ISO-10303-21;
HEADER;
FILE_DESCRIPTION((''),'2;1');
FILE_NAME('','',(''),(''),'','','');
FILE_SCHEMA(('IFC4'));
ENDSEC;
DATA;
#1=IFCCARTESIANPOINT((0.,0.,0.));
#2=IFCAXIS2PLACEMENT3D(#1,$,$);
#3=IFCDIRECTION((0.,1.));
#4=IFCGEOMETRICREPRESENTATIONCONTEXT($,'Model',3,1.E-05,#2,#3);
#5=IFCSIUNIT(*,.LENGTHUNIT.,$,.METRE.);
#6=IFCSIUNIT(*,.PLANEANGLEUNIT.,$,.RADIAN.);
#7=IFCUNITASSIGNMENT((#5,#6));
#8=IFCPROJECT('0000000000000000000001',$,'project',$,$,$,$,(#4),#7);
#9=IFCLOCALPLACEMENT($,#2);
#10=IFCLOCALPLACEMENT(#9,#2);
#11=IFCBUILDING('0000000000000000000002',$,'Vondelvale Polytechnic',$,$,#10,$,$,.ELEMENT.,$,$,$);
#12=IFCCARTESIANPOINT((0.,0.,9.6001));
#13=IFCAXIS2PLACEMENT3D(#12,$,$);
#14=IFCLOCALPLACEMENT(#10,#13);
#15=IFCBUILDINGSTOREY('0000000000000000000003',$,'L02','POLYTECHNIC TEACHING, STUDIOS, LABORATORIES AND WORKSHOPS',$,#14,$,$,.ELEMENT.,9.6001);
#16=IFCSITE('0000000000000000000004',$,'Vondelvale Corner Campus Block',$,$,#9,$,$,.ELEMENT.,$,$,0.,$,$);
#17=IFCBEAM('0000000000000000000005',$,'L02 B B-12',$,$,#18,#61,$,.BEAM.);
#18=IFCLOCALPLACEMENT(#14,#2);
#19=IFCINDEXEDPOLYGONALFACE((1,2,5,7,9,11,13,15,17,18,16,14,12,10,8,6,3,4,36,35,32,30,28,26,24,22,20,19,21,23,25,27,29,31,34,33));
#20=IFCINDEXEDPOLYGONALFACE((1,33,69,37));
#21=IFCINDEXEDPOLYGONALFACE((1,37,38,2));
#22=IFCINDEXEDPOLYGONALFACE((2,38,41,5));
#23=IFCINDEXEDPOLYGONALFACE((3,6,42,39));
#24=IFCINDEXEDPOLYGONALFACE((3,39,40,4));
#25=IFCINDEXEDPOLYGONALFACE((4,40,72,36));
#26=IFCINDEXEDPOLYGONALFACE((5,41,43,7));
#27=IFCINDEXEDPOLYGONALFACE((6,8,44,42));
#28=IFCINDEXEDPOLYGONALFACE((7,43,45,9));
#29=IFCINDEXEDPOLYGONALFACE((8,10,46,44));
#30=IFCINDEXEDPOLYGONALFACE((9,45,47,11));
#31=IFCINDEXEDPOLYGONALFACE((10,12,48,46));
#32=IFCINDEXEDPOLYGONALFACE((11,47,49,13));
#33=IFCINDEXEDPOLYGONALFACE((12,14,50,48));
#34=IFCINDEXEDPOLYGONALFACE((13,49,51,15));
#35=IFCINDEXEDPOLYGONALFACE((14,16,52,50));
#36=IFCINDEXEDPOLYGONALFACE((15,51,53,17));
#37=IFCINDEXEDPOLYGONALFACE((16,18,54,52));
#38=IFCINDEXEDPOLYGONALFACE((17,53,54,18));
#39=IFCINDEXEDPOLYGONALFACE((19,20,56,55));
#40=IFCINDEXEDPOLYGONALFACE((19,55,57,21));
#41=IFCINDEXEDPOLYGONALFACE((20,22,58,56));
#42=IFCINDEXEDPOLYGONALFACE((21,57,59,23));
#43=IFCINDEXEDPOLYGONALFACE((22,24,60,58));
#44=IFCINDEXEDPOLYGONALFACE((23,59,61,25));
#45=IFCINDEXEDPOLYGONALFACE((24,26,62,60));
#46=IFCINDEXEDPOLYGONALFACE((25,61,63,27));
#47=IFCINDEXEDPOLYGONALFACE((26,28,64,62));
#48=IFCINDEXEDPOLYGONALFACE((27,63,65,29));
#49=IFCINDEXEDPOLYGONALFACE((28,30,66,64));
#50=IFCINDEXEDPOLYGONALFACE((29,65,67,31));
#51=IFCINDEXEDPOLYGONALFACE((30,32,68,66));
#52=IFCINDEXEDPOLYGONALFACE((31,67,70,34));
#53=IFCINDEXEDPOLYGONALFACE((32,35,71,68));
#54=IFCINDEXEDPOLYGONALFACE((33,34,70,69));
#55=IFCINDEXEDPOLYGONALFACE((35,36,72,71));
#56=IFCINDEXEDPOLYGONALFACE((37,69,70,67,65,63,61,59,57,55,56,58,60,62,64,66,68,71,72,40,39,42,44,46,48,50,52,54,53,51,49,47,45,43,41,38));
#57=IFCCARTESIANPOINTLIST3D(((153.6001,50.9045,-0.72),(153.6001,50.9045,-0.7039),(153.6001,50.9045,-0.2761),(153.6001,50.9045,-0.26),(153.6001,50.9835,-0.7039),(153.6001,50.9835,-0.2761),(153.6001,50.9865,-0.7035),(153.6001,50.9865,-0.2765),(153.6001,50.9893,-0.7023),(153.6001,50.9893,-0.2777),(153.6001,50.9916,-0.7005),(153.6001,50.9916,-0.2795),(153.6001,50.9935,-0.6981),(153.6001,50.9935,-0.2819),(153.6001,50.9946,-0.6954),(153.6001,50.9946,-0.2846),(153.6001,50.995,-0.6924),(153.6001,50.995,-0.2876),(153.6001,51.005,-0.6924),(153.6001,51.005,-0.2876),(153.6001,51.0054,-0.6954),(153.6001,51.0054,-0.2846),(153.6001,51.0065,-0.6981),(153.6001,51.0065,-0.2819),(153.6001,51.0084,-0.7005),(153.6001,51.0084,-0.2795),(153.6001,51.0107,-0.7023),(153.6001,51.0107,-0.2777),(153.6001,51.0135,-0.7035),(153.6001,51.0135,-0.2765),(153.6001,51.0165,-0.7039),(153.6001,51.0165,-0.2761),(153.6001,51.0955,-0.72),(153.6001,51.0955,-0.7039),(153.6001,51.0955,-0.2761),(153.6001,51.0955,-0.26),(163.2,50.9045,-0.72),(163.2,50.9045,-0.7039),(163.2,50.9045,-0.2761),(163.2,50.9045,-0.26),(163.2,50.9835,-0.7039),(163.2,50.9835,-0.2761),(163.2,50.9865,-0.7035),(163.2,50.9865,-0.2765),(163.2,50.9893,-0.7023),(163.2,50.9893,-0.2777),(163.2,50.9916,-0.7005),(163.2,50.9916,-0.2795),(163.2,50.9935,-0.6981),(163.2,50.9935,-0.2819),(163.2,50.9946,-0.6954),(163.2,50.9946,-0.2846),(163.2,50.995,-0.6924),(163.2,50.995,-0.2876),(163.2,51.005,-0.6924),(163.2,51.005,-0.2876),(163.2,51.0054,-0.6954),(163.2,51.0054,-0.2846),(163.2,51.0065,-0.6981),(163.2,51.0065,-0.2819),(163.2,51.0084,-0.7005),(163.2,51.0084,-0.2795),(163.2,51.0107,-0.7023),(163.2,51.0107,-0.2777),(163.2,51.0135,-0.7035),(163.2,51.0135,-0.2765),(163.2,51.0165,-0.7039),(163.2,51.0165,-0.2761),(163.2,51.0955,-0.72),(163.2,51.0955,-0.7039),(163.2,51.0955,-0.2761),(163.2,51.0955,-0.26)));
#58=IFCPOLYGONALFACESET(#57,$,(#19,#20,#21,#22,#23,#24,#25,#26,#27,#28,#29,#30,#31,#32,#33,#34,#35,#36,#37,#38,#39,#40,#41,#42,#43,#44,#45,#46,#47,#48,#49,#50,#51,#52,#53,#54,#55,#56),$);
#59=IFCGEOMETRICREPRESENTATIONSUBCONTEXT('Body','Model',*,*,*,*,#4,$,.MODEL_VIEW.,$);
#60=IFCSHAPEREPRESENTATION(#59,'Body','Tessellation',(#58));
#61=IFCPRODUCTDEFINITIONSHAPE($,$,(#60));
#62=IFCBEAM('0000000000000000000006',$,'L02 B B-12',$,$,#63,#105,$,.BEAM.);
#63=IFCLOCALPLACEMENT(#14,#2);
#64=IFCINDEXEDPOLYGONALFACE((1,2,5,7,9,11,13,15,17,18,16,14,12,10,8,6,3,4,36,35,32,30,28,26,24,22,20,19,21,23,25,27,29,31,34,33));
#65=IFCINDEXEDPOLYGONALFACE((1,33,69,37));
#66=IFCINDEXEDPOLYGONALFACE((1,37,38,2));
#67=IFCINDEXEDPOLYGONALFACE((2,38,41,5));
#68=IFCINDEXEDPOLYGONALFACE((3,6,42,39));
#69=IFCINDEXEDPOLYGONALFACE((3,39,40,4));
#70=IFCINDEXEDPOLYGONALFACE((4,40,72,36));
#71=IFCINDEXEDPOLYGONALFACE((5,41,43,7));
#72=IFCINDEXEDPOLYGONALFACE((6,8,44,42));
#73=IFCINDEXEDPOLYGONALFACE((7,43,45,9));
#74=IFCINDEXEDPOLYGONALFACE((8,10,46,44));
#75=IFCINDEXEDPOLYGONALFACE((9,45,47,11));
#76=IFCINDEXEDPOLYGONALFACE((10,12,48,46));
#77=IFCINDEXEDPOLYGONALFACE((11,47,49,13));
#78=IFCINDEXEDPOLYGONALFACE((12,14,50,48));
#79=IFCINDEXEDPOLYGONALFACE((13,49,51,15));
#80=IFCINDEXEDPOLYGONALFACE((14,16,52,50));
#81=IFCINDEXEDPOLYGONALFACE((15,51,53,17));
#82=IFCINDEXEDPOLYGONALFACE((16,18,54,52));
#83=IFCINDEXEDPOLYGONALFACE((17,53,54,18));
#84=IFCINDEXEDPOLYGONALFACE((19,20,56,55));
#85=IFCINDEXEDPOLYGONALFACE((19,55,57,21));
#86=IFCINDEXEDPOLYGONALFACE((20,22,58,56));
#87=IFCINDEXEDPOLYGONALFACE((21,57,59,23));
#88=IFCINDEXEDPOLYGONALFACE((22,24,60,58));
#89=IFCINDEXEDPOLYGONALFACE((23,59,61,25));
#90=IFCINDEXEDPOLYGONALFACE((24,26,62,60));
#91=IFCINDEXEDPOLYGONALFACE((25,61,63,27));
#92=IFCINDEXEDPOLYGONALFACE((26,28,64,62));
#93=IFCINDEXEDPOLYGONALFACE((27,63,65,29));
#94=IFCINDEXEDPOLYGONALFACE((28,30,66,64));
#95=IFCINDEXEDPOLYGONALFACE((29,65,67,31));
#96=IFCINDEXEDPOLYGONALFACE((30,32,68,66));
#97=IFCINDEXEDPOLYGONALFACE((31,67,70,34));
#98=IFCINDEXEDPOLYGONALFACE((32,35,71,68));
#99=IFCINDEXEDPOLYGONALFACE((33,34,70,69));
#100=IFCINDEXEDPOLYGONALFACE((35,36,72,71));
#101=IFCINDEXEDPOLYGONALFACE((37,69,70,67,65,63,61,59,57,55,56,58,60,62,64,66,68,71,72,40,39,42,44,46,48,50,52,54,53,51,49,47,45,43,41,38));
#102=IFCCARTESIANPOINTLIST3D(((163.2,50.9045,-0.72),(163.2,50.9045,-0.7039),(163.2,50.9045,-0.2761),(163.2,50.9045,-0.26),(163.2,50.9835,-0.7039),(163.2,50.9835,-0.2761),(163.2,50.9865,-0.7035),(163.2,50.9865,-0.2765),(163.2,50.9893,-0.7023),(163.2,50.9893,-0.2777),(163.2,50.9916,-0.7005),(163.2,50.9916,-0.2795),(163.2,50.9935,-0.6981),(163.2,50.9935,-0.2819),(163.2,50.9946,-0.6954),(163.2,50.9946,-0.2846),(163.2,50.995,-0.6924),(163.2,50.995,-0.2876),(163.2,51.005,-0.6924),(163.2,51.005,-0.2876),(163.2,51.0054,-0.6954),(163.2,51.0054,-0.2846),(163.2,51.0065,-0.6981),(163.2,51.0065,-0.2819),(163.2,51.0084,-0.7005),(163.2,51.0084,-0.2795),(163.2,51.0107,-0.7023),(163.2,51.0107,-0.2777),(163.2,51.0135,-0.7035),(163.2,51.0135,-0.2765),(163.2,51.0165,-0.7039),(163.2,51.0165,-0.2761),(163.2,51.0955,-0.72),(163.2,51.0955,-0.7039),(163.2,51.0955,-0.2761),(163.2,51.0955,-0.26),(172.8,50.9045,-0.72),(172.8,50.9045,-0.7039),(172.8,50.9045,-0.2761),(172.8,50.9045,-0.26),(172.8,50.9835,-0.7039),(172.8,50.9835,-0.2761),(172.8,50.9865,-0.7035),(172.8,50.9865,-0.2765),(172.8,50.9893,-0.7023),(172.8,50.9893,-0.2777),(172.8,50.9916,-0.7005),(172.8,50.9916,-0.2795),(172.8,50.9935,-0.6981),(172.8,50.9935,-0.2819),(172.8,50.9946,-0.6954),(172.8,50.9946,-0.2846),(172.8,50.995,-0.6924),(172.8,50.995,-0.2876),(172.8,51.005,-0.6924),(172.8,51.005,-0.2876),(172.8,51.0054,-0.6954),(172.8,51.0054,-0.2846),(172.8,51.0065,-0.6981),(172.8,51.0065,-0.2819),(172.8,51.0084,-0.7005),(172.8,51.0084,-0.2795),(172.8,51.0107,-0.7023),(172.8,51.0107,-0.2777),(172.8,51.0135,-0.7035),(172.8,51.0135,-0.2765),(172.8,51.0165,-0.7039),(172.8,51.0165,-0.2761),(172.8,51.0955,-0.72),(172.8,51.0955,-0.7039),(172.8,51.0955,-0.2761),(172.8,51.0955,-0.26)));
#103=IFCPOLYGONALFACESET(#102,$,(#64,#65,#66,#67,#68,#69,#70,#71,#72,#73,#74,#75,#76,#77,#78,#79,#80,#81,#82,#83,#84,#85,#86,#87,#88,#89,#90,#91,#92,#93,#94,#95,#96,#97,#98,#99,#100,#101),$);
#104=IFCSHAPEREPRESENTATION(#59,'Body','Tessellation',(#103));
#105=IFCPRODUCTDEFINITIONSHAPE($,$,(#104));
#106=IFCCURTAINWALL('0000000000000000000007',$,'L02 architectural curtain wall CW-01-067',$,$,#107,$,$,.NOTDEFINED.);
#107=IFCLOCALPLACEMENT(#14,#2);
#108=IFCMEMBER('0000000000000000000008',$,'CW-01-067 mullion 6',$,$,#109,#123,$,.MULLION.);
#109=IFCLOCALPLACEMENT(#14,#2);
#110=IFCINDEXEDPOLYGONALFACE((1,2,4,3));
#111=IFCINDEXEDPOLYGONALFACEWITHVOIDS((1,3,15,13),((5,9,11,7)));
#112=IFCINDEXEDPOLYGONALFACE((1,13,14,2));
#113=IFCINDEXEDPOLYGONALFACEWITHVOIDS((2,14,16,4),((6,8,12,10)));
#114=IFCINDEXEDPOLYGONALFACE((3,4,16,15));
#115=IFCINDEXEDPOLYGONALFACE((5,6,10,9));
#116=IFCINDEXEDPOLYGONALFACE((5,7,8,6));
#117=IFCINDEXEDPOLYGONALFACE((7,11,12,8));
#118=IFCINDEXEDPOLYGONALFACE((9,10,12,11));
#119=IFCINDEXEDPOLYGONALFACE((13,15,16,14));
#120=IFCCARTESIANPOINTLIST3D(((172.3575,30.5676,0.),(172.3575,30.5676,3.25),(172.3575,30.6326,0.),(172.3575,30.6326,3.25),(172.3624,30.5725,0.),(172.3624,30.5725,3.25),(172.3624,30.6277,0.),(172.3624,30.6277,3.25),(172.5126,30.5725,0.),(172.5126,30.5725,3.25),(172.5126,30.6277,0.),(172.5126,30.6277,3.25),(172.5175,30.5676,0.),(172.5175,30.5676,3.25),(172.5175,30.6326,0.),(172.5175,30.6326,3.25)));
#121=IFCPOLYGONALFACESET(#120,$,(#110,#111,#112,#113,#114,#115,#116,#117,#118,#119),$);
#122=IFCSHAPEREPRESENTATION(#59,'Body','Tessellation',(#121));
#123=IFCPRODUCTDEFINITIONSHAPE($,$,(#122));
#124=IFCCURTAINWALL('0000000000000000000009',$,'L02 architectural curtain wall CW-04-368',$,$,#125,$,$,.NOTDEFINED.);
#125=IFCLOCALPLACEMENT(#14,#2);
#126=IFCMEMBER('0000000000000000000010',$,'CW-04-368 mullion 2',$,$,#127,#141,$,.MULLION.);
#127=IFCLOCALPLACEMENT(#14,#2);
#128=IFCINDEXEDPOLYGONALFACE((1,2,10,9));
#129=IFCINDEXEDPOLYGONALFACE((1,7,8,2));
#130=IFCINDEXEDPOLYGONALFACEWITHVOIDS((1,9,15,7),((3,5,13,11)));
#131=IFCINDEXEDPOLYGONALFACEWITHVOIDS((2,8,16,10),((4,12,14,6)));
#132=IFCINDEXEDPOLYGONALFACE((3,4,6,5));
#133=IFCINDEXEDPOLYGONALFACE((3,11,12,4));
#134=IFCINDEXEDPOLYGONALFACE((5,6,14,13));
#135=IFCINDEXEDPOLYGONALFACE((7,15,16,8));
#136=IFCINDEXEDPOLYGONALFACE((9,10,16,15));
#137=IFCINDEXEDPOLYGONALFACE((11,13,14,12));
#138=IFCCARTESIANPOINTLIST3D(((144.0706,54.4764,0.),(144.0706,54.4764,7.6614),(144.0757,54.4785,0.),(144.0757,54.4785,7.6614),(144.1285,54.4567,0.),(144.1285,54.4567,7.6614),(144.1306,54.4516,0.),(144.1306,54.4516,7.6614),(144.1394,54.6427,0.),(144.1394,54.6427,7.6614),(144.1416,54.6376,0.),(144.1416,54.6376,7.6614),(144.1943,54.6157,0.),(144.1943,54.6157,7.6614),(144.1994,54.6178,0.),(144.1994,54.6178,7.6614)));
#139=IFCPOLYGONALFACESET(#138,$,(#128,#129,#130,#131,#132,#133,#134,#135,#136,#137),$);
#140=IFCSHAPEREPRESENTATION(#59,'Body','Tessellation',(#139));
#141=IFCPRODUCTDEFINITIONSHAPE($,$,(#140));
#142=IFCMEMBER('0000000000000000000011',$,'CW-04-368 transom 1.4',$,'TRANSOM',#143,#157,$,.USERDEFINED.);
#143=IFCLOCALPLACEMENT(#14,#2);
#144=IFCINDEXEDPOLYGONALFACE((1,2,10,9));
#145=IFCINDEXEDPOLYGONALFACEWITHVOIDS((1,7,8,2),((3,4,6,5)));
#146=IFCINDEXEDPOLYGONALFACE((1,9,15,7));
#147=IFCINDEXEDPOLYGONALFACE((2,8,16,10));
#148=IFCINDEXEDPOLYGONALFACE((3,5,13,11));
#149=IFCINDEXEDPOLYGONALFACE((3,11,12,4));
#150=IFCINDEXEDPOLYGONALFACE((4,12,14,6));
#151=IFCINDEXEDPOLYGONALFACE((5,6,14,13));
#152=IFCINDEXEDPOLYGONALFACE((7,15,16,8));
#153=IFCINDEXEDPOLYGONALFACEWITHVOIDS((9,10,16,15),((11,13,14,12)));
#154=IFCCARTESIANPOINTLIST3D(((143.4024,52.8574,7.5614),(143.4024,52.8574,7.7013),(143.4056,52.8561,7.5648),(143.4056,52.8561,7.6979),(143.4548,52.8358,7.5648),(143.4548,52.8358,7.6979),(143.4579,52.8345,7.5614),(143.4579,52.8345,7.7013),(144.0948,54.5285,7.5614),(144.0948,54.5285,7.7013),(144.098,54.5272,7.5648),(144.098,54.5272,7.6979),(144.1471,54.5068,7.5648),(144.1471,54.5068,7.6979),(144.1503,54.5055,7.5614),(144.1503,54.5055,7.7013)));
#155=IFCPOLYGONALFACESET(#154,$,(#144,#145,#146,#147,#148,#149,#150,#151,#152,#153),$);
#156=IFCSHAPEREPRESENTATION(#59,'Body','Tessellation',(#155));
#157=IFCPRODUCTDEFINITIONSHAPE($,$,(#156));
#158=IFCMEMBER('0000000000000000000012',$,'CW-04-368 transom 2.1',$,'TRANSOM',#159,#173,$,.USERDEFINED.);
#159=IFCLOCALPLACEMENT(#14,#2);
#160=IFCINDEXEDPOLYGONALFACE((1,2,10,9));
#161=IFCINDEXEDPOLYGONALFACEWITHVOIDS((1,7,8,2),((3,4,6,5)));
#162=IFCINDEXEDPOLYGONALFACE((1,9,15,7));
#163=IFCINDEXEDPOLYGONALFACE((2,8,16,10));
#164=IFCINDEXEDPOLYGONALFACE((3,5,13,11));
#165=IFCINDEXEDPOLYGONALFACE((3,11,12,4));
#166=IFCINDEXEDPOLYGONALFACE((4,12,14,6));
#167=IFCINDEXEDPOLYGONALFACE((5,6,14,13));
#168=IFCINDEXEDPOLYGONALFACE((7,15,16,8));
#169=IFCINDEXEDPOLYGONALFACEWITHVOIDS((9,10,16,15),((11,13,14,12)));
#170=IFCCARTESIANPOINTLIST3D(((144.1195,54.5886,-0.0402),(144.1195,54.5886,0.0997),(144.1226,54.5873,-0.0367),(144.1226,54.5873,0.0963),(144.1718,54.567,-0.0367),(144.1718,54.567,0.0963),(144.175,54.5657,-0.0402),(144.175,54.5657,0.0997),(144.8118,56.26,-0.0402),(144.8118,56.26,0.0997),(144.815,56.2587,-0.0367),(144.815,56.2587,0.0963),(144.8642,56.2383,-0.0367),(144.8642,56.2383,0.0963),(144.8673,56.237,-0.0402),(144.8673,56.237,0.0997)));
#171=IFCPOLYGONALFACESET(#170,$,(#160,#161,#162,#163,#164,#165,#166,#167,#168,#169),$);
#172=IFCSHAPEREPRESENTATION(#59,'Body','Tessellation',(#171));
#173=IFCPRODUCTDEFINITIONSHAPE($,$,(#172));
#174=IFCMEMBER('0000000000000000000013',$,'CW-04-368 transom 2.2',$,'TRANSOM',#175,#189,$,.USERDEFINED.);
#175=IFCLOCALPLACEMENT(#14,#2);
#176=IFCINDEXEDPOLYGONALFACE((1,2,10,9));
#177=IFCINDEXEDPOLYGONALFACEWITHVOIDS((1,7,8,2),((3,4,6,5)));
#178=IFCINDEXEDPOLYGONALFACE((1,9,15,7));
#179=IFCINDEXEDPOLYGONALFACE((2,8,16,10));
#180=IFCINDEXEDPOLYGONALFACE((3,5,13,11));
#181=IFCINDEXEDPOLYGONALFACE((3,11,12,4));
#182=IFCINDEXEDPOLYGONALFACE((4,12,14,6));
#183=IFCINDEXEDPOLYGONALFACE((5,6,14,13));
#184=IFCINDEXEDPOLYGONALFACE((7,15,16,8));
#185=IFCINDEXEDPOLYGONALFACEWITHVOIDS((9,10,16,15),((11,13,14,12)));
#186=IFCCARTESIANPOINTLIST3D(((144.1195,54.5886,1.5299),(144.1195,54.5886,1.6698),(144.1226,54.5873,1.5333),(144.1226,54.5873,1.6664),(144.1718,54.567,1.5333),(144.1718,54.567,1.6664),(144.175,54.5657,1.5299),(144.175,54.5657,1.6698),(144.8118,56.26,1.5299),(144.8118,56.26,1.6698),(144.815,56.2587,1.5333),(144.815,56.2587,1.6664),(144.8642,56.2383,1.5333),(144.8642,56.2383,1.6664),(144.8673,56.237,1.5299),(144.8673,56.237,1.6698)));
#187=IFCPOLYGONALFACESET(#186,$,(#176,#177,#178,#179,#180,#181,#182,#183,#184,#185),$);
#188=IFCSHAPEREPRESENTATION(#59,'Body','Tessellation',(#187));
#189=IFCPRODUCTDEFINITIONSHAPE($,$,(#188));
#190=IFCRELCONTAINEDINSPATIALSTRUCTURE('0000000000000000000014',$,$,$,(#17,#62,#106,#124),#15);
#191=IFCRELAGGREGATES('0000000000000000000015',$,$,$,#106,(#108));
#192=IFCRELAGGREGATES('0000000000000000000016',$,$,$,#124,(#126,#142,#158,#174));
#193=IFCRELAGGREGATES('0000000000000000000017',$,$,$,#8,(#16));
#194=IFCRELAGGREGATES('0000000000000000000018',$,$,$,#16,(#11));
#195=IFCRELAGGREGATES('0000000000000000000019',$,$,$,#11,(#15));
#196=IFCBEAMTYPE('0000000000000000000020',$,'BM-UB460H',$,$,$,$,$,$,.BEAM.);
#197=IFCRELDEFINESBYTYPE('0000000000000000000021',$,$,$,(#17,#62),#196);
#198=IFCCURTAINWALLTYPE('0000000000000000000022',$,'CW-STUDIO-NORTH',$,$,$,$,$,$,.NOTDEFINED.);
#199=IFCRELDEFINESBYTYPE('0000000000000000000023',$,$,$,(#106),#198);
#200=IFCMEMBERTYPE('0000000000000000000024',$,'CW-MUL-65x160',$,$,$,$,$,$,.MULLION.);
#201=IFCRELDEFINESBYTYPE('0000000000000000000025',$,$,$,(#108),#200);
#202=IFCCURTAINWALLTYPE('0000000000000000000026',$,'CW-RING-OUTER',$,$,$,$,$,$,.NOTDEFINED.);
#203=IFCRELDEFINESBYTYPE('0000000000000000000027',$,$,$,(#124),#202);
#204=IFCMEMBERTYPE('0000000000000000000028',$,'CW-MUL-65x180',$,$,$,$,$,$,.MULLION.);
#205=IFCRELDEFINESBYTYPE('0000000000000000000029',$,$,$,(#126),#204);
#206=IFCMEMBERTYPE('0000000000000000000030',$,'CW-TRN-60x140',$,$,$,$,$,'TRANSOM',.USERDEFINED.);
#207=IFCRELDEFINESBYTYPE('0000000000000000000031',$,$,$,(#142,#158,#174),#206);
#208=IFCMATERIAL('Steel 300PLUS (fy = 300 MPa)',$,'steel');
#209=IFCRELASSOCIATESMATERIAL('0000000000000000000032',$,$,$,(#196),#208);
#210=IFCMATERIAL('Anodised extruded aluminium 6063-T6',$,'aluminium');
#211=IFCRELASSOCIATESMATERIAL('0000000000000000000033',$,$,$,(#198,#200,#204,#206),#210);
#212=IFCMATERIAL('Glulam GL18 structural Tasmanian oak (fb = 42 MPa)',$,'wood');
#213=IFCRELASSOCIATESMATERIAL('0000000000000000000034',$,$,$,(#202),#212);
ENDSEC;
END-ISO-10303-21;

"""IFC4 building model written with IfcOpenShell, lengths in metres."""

from ifc_helpers import new_model, si_unit, direction, frame, origin, origin_2d, place, context, subcontext, project, spatial, hollow_rectangle, i_section, extrude, material, material_profile, profile_set, type_object, element, aggregate, save


model = new_model("IFC4")

# Units and contexts
model_context = context("Model", 3, precision=1e-05, world=origin(), true_north=direction((0.0, 1.0)))
body_context = subcontext(model_context, "Body", "Model", "MODEL_VIEW")
ifc_project = project(units=[si_unit("LENGTHUNIT", "METRE"), si_unit("PLANEANGLEUNIT", "RADIAN")], contexts=[model_context])

# Site, building, storey
site_placement = place(None, origin())
site = spatial("IfcSite", under=ifc_project, at=site_placement, Name="Vondelvale Corner Campus Block", CompositionType="ELEMENT", RefElevation=0.0)
building_placement = place(site_placement, origin())
building = spatial("IfcBuilding", under=site, at=building_placement, Name="Vondelvale Polytechnic", CompositionType="ELEMENT")
storey_placement = place(building_placement, frame((0.0, 0.0, 9.6001)))
storey = spatial("IfcBuildingStorey", under=building, at=storey_placement, Name="L02", Description="POLYTECHNIC TEACHING, STUDIOS, LABORATORIES AND WORKSHOPS", CompositionType="ELEMENT", Elevation=9.6001)

# Beams
ifc_material_1 = material(Name="Steel 300PLUS (fy = 300 MPa)", Category="steel")
ifc_material_profile_1 = material_profile(ifc_material_1, i_section(OverallWidth=0.1909, OverallDepth=0.46, WebThickness=0.01, FlangeThickness=0.0161, FilletRadius=0.0115, at=origin_2d()), Name="460UB82.1")
ifc_profile_set_1 = profile_set([ifc_material_profile_1], Name="Steel 300PLUS (fy = 300 MPa)")
beam_type_1 = type_object("IfcBeamType", Name="BM-UB460H", PredefinedType="BEAM", material=ifc_profile_set_1)
beam_1_placement = place(storey_placement, frame((153.6001, 51.0, -0.49), z_axis=(1.0, 0.0, 0.0), x_axis=(0.0, 1.0, 0.0)))
element("IfcBeam", 1, at=beam_1_placement, inside=storey, type_object=beam_type_1, Name="L02 B B-12", PredefinedType="BEAM", context=body_context, shape_type="SweptSolid", body=[
    extrude(i_section(OverallWidth=0.1909, OverallDepth=0.46, WebThickness=0.01, FlangeThickness=0.0161, FilletRadius=0.0115, at=origin_2d()), origin(), (0.0, 0.0, 1.0), 9.5999),
])
beam_2_placement = place(storey_placement, frame((163.2, 51.0, -0.49), z_axis=(1.0, 0.0, 0.0), x_axis=(0.0, 1.0, 0.0)))
element("IfcBeam", 2, at=beam_2_placement, inside=storey, type_object=beam_type_1, Name="L02 B B-12", PredefinedType="BEAM", context=body_context, shape_type="SweptSolid", body=[
    extrude(i_section(OverallWidth=0.1909, OverallDepth=0.46, WebThickness=0.01, FlangeThickness=0.0161, FilletRadius=0.0115, at=origin_2d()), origin(), (0.0, 0.0, 1.0), 9.6001),
])

# Curtain wall, member
ifc_material_2 = material(Name="Anodised extruded aluminium 6063-T6", Category="aluminium")
curtain_wall_type_1 = type_object("IfcCurtainWallType", Name="CW-STUDIO-NORTH", PredefinedType="NOTDEFINED", material=ifc_material_2)
curtain_wall_1_placement = place(storey_placement, origin())
curtain_wall_1 = element("IfcCurtainWall", 3, at=curtain_wall_1_placement, inside=storey, type_object=curtain_wall_type_1, Name="L02 architectural curtain wall CW-01-067", PredefinedType="NOTDEFINED")
ifc_material_profile_2 = material_profile(ifc_material_2, hollow_rectangle(XDim=0.0649, YDim=0.1599, WallThickness=0.0049, at=origin_2d()), Name="CW-MUL-160x65")
ifc_profile_set_2 = profile_set([ifc_material_profile_2], Name="Anodised extruded aluminium 6063-T6")
member_type_1 = type_object("IfcMemberType", Name="CW-MUL-65x160", PredefinedType="MULLION", material=ifc_profile_set_2)
member_1_placement = place(storey_placement, frame((172.4375, 30.6001, 0.0), z_axis=(0.0, 0.0, 1.0), x_axis=(0.0, 1.0, 0.0)))
member_1 = element("IfcMember", 4, at=member_1_placement, type_object=member_type_1, Name="CW-01-067 mullion 6", PredefinedType="MULLION", context=body_context, shape_type="SweptSolid", body=[
    extrude(hollow_rectangle(XDim=0.0649, YDim=0.1599, WallThickness=0.0049, at=origin_2d()), origin(), (0.0, 0.0, 1.0), 3.25),
])
aggregate(curtain_wall_1, [member_1])

# Curtain wall, members
ifc_material_3 = material(Name="Glulam GL18 structural Tasmanian oak (fb = 42 MPa)", Category="wood")
curtain_wall_type_2 = type_object("IfcCurtainWallType", Name="CW-RING-OUTER", PredefinedType="NOTDEFINED", material=ifc_material_3)
curtain_wall_2_placement = place(storey_placement, origin())
curtain_wall_2 = element("IfcCurtainWall", 5, at=curtain_wall_2_placement, inside=storey, type_object=curtain_wall_type_2, Name="L02 architectural curtain wall CW-04-368", PredefinedType="NOTDEFINED")
ifc_material_profile_3 = material_profile(ifc_material_2, hollow_rectangle(XDim=0.0649, YDim=0.1799, WallThickness=0.0039, at=origin_2d()), Name="CW-MUL-180x65")
ifc_profile_set_3 = profile_set([ifc_material_profile_3], Name="Anodised extruded aluminium 6063-T6")
member_type_2 = type_object("IfcMemberType", Name="CW-MUL-65x180", PredefinedType="MULLION", material=ifc_profile_set_3)
member_2_placement = place(storey_placement, frame((144.135, 54.5471, 0.0), z_axis=(0.0, 0.0, 1.0), x_axis=(-0.923875, 0.382695, 0.0)))
member_2 = element("IfcMember", 6, at=member_2_placement, type_object=member_type_2, Name="CW-04-368 mullion 2", PredefinedType="MULLION", context=body_context, shape_type="SweptSolid", body=[
    extrude(hollow_rectangle(XDim=0.0649, YDim=0.1799, WallThickness=0.0039, at=origin_2d()), origin(), (0.0, 0.0, 1.0), 7.6614),
])
ifc_material_profile_4 = material_profile(ifc_material_2, hollow_rectangle(XDim=0.0601, YDim=0.1399, WallThickness=0.0034, at=origin_2d()), Name="CW-TRN-140x60")
ifc_profile_set_4 = profile_set([ifc_material_profile_4], Name="Anodised extruded aluminium 6063-T6")
member_type_3 = type_object("IfcMemberType", Name="CW-TRN-60x140", ElementType="TRANSOM", PredefinedType="USERDEFINED", material=ifc_profile_set_4)
member_3_placement = place(storey_placement, frame((143.4302, 52.8459, 7.6313), z_axis=(0.382765, 0.923846, 0.0), x_axis=(-0.923846, 0.382765, 0.0)))
member_3 = element("IfcMember", 7, at=member_3_placement, type_object=member_type_3, Name="CW-04-368 transom 1.4", ObjectType="TRANSOM", PredefinedType="USERDEFINED", context=body_context, shape_type="SweptSolid", body=[
    extrude(hollow_rectangle(XDim=0.0601, YDim=0.1399, WallThickness=0.0034, at=origin_2d()), origin(), (0.0, 0.0, 1.0), 1.8088),
])
member_4_placement = place(storey_placement, frame((144.1472, 54.5771, 0.0298), z_axis=(0.382717, 0.923866, 0.0), x_axis=(-0.923866, 0.382717, 0.0)))
member_4 = element("IfcMember", 8, at=member_4_placement, type_object=member_type_3, Name="CW-04-368 transom 2.1", ObjectType="TRANSOM", PredefinedType="USERDEFINED", context=body_context, shape_type="SweptSolid", body=[
    extrude(hollow_rectangle(XDim=0.0601, YDim=0.1399, WallThickness=0.0034, at=origin_2d()), origin(), (0.0, 0.0, 1.0), 1.8091),
])
member_5_placement = place(storey_placement, frame((144.1472, 54.5771, 1.5999), z_axis=(0.382717, 0.923866, 0.0), x_axis=(-0.923866, 0.382717, 0.0)))
member_5 = element("IfcMember", 9, at=member_5_placement, type_object=member_type_3, Name="CW-04-368 transom 2.2", ObjectType="TRANSOM", PredefinedType="USERDEFINED", context=body_context, shape_type="SweptSolid", body=[
    extrude(hollow_rectangle(XDim=0.0601, YDim=0.1399, WallThickness=0.0034, at=origin_2d()), origin(), (0.0, 0.0, 1.0), 1.8091),
])
aggregate(curtain_wall_2, [member_2, member_3, member_4, member_5])

save(model, "model.ifc")
